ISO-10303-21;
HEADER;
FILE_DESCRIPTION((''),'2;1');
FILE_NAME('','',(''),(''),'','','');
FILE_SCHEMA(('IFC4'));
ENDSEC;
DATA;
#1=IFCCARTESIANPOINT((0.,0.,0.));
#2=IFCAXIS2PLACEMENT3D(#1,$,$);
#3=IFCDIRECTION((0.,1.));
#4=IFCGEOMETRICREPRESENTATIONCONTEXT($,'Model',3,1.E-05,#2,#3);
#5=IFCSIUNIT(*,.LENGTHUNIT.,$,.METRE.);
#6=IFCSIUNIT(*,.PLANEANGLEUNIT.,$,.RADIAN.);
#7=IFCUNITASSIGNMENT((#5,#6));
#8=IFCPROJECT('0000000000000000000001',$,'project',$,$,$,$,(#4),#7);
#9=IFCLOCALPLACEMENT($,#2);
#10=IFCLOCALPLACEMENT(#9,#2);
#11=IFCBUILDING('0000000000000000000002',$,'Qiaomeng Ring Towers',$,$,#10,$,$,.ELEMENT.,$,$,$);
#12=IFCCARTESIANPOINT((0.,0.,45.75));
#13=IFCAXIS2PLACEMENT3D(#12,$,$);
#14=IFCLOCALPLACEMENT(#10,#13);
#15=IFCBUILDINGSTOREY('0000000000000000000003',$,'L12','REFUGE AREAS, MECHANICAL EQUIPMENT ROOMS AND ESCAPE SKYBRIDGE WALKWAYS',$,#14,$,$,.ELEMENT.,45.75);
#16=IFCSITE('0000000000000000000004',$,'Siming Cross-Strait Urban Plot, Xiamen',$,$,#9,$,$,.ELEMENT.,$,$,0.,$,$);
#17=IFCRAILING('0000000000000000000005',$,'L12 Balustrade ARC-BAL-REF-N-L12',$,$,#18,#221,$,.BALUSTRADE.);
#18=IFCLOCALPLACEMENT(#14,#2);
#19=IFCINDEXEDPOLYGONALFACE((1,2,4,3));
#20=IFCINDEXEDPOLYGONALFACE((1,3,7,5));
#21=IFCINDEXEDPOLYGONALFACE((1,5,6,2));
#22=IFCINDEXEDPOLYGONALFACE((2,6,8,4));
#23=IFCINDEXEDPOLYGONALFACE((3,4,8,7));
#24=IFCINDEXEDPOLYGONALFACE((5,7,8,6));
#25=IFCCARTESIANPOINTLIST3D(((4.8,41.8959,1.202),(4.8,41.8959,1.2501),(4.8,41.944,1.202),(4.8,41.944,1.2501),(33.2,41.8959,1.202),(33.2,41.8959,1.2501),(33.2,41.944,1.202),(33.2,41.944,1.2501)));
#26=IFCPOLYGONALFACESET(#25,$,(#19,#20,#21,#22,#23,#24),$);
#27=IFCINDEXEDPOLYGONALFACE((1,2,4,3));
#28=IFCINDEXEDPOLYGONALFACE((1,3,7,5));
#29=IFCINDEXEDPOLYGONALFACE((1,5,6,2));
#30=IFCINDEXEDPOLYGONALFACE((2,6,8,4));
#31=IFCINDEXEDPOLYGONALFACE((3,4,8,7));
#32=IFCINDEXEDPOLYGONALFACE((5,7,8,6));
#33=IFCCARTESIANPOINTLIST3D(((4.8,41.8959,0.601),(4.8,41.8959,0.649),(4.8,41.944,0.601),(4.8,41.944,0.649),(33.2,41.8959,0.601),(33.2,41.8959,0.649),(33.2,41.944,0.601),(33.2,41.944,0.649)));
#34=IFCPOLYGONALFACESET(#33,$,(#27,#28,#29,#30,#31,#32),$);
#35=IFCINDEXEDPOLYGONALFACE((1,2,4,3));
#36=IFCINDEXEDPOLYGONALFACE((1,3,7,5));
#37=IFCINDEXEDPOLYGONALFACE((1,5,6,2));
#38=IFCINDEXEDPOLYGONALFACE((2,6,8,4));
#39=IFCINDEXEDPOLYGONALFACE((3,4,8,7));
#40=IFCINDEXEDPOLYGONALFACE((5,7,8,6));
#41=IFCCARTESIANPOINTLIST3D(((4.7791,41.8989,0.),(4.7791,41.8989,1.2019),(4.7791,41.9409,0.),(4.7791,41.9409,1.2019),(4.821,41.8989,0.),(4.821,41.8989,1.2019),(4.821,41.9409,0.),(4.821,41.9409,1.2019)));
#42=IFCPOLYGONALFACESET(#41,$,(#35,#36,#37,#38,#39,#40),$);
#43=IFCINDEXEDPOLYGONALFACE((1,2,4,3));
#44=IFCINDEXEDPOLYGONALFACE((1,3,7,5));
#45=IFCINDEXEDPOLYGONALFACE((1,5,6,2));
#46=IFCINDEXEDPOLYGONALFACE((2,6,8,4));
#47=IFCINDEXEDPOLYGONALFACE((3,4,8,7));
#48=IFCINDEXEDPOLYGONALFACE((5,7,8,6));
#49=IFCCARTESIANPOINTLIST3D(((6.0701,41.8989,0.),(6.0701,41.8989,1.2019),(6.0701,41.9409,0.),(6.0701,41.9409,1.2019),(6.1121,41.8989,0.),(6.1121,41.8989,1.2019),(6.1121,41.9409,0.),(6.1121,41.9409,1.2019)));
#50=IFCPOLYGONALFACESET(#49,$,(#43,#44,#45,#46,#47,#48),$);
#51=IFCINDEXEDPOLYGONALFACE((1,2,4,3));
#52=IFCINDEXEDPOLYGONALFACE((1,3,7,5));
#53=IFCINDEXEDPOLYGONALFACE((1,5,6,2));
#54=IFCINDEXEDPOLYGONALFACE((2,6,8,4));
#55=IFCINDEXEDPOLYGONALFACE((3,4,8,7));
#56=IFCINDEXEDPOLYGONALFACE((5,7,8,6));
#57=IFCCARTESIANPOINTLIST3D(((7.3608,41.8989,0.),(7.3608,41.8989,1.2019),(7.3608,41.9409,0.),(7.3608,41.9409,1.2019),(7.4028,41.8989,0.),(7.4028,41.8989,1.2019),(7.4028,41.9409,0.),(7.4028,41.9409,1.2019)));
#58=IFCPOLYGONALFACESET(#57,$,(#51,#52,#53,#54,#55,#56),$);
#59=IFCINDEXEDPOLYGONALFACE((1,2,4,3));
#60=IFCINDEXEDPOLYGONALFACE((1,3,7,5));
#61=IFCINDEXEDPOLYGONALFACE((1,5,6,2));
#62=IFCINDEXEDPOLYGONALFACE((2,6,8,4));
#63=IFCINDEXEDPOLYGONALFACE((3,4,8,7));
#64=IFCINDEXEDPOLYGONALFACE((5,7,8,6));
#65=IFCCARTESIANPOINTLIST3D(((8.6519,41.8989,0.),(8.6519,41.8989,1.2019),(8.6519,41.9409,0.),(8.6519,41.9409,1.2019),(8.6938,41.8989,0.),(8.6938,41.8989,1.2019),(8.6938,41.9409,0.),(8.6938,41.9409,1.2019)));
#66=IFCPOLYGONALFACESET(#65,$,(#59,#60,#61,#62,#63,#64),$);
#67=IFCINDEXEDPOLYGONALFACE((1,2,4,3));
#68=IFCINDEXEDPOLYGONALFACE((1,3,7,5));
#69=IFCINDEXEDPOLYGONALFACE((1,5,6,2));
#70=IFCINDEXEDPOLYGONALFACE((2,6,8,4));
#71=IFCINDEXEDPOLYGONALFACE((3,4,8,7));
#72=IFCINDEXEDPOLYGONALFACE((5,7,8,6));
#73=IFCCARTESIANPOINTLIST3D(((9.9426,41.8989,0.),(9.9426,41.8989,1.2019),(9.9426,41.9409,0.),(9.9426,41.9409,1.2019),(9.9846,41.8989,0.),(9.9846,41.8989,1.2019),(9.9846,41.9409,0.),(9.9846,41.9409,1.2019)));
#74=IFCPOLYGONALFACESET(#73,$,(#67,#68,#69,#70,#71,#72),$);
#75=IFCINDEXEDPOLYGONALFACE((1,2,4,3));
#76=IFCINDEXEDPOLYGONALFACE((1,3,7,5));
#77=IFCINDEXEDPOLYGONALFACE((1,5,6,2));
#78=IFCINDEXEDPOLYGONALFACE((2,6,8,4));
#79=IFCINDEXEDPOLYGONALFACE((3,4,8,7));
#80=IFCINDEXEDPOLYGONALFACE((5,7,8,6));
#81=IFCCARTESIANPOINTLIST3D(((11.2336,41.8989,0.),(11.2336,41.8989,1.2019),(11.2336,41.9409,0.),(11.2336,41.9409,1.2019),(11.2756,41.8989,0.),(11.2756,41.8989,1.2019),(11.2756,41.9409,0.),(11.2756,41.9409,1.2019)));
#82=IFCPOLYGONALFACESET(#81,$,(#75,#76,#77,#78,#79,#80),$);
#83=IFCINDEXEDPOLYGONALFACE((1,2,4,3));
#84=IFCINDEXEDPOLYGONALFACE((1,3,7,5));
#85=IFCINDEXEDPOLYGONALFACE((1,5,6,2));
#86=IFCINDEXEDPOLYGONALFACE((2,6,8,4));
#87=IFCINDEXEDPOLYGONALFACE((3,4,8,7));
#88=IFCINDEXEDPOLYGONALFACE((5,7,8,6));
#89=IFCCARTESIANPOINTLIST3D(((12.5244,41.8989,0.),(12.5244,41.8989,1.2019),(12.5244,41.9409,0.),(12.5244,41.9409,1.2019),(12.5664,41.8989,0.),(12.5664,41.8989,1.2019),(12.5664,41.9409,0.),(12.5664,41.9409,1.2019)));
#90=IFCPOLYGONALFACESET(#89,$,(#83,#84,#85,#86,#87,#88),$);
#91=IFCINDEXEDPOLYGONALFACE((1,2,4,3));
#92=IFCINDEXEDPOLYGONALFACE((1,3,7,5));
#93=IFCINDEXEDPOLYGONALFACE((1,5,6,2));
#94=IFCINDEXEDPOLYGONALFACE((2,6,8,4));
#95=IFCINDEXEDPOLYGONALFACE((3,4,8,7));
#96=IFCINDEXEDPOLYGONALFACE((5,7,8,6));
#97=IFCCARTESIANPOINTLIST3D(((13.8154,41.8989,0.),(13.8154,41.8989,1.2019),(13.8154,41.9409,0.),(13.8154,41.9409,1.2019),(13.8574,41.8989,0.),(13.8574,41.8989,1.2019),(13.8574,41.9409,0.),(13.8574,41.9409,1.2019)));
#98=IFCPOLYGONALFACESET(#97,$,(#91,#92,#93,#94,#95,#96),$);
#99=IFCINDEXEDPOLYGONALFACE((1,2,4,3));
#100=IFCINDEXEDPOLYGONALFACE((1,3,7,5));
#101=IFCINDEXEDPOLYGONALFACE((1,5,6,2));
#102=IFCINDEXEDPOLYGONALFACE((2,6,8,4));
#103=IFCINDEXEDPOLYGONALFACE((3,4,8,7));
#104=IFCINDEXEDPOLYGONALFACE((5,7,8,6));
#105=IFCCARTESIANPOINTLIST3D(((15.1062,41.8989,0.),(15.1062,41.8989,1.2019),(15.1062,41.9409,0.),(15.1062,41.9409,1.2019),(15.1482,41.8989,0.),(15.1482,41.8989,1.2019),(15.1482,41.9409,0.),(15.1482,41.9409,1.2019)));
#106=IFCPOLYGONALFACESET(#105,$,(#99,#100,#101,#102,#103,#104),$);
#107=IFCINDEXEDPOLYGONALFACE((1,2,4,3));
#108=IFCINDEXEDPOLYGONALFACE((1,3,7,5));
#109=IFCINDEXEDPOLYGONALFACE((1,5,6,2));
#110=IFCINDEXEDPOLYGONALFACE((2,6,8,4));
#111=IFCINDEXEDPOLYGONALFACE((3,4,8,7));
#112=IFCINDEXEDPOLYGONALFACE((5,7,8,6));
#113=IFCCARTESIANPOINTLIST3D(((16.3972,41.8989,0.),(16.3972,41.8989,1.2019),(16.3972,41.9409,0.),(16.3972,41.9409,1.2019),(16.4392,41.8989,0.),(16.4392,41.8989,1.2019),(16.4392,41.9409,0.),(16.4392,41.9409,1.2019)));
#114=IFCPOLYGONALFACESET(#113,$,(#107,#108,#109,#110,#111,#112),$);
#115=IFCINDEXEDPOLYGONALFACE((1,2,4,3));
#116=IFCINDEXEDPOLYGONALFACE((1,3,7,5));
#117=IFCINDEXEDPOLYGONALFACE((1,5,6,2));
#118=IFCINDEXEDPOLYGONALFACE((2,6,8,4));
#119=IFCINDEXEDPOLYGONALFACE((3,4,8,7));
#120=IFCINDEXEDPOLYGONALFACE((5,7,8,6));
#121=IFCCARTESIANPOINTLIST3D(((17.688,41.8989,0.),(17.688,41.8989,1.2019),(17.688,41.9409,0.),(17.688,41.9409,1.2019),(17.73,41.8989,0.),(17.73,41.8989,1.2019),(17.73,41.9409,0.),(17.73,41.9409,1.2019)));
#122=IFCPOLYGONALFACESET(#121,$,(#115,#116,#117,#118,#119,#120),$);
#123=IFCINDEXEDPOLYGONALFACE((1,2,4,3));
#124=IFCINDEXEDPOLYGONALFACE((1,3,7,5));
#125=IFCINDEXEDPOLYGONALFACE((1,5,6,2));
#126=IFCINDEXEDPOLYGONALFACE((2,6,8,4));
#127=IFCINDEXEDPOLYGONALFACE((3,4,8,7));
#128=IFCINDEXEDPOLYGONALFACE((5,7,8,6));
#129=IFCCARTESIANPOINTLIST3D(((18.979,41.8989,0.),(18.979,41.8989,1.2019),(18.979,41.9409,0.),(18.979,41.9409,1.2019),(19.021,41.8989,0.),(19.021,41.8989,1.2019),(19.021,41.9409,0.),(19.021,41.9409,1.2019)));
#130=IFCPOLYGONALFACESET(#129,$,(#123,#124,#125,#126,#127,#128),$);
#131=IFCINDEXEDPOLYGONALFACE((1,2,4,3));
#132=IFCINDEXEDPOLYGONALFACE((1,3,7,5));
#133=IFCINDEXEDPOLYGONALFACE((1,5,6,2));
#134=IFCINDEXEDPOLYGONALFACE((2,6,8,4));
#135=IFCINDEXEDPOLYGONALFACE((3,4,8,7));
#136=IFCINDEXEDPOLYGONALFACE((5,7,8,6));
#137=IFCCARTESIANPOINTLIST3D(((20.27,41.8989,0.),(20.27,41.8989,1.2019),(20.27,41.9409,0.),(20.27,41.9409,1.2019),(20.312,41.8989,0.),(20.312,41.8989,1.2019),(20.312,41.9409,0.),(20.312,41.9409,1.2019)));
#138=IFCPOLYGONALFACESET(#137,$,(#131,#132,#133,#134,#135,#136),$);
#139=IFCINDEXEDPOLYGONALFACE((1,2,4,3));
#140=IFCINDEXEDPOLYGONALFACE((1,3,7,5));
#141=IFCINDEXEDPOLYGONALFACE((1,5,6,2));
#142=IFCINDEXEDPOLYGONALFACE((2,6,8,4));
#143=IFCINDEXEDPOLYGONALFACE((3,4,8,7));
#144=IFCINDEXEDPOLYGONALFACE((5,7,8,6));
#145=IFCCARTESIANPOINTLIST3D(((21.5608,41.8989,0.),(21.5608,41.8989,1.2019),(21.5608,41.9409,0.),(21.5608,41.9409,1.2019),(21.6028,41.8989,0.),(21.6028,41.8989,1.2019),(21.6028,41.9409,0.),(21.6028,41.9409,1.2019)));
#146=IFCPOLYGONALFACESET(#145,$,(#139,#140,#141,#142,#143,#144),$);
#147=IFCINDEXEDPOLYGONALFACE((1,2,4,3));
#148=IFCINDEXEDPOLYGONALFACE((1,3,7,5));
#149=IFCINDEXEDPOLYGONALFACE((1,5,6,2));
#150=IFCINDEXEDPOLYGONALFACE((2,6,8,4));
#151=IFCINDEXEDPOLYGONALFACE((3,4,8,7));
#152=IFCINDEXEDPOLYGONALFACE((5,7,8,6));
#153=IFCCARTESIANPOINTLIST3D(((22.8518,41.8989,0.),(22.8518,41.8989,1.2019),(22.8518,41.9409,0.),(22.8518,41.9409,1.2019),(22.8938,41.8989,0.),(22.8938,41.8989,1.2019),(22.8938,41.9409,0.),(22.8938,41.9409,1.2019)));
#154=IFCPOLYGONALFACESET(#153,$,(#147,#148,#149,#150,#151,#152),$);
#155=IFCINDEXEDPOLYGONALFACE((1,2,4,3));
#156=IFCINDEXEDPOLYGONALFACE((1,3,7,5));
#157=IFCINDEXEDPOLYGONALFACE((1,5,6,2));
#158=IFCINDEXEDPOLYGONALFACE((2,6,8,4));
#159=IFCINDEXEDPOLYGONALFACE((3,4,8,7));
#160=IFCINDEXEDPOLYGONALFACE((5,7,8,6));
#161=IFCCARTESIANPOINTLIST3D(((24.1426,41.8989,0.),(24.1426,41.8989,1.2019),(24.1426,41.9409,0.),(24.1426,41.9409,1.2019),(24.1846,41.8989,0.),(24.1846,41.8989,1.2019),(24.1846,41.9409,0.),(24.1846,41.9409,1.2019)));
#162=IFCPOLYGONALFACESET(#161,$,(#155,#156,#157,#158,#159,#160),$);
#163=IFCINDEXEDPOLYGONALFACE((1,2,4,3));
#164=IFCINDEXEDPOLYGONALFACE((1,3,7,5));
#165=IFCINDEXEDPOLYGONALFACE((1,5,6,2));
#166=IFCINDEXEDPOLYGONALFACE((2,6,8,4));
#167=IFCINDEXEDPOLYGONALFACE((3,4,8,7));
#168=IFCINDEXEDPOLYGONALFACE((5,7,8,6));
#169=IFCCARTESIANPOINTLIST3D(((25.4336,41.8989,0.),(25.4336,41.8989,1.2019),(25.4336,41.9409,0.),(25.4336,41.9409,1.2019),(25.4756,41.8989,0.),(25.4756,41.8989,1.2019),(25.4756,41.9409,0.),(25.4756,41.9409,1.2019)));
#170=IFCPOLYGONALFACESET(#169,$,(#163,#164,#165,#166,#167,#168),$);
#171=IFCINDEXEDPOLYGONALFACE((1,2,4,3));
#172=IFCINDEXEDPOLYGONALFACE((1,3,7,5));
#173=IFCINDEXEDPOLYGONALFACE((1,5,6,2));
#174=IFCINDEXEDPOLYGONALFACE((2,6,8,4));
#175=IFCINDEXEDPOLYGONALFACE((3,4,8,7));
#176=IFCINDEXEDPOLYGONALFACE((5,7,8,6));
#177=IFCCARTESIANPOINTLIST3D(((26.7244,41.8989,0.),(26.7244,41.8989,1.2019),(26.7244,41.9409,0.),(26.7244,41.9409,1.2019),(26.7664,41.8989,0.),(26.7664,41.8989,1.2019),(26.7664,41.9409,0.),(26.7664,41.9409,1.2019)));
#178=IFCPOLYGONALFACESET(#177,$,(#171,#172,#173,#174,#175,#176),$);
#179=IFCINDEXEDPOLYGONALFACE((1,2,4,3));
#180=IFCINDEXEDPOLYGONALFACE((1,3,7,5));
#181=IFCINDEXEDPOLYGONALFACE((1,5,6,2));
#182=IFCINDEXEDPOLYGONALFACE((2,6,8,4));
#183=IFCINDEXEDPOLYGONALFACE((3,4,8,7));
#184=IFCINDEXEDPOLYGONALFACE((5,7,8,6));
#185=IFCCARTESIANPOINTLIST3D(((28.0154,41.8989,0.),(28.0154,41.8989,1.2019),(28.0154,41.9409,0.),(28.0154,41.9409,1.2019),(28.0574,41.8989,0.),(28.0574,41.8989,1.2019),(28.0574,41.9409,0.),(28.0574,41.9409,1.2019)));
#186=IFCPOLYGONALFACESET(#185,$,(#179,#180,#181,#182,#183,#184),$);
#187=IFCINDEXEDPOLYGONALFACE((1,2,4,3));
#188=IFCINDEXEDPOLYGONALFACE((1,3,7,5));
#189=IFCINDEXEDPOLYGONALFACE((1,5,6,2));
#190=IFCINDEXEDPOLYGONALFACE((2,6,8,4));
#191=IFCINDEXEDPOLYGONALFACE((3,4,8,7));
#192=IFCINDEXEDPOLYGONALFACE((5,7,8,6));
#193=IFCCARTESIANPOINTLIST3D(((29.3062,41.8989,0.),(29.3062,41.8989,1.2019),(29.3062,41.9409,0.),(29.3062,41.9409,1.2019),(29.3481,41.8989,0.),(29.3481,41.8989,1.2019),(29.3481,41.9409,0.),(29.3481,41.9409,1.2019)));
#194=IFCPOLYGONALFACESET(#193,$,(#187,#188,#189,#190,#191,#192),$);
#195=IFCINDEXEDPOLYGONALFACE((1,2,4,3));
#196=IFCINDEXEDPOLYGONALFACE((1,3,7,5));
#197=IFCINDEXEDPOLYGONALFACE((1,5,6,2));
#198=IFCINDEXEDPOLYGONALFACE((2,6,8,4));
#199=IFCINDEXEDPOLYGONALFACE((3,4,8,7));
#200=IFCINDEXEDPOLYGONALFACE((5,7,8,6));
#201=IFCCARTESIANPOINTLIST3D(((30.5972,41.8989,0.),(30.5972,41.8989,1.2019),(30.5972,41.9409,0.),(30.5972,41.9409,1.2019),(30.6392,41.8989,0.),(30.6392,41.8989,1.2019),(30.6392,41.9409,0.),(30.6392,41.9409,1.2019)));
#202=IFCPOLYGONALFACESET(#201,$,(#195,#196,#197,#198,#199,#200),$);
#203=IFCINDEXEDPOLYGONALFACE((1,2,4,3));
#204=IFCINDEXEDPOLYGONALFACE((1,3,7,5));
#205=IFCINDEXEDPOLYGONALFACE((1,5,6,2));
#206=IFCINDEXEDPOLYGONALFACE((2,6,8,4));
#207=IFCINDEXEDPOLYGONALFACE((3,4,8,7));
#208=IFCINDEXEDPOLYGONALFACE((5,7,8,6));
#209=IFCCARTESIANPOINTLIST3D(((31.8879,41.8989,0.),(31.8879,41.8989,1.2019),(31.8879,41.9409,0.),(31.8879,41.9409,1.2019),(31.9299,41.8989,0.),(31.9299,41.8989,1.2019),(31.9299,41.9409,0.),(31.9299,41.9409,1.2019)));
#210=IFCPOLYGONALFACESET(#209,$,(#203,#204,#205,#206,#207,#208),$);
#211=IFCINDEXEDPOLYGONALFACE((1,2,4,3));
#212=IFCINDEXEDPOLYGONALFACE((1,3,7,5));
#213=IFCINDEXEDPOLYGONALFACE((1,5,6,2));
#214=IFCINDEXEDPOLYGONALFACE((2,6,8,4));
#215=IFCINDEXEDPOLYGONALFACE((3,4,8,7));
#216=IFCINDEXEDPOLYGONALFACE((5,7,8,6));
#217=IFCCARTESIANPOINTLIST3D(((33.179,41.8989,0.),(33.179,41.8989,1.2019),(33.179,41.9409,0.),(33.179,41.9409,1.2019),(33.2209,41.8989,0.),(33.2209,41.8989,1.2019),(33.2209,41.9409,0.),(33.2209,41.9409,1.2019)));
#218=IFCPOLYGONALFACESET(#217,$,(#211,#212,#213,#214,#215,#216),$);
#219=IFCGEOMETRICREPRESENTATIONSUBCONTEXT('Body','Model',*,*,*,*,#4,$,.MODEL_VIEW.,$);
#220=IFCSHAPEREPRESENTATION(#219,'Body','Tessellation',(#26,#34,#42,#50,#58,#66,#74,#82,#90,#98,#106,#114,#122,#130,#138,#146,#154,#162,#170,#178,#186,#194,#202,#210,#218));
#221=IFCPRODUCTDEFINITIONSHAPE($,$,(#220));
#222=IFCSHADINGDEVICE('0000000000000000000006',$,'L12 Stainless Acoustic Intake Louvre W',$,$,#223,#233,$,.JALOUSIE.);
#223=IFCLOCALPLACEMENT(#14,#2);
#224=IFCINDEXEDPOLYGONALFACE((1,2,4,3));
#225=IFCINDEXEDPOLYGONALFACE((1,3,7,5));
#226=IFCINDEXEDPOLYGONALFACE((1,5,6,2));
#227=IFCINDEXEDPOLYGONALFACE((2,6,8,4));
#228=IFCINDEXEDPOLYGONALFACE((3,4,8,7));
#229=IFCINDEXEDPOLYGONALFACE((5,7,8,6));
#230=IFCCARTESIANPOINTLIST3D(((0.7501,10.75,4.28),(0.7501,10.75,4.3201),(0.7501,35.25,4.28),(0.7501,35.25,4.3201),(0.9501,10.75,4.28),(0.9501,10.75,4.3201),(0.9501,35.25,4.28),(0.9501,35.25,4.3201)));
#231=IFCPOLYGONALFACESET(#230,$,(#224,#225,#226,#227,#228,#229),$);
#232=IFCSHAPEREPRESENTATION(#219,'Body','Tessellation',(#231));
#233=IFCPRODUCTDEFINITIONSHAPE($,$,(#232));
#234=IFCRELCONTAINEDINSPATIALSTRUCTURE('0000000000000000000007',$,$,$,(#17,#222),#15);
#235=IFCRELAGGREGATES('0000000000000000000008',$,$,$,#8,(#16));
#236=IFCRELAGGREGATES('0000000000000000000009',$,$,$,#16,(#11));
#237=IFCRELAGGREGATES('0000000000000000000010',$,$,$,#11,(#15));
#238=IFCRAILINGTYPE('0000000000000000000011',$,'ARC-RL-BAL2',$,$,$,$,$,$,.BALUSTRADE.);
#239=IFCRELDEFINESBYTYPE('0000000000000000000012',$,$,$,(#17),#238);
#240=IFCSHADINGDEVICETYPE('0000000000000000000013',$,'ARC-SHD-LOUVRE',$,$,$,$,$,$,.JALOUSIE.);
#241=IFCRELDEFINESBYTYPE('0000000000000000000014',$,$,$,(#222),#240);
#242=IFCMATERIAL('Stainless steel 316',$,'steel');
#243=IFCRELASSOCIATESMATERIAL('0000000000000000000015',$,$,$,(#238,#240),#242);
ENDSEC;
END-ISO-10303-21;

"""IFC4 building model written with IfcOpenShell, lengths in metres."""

from ifc_helpers import new_model, si_unit, direction, frame, origin, origin_2d, place, context, subcontext, project, spatial, rectangle, extrude, source, transform, mapped, material, material_profile, profile_set, type_object, element, save


model = new_model("IFC4")

# Units and contexts
model_context = context("Model", 3, precision=1e-05, world=origin(), true_north=direction((0.0, 1.0)))
body_context = subcontext(model_context, "Body", "Model", "MODEL_VIEW")
ifc_project = project(units=[si_unit("LENGTHUNIT", "METRE"), si_unit("PLANEANGLEUNIT", "RADIAN")], contexts=[model_context])

# Site, building, storey
site_placement = place(None, origin())
site = spatial("IfcSite", under=ifc_project, at=site_placement, Name="Siming Cross-Strait Urban Plot, Xiamen", CompositionType="ELEMENT", RefElevation=0.0)
building_placement = place(site_placement, origin())
building = spatial("IfcBuilding", under=site, at=building_placement, Name="Qiaomeng Ring Towers", CompositionType="ELEMENT")
storey_placement = place(building_placement, frame((0.0, 0.0, 45.75)))
storey = spatial("IfcBuildingStorey", under=building, at=storey_placement, Name="L12", Description="REFUGE AREAS, MECHANICAL EQUIPMENT ROOMS AND ESCAPE SKYBRIDGE WALKWAYS", CompositionType="ELEMENT", Elevation=45.75)

# Shared definitions
ifc_material_1 = material(Name="Stainless steel 316", Category="steel")

# Railing
railing_type = type_object("IfcRailingType", Name="ARC-RL-BAL2", PredefinedType="BALUSTRADE", material=ifc_material_1)
railing_1_placement = place(storey_placement, frame((4.8, 41.9199, 0.0)))
element("IfcRailing", 1, at=railing_1_placement, inside=storey, type_object=railing_type, Name="L12 Balustrade ARC-BAL-REF-N-L12", PredefinedType="BALUSTRADE", context=body_context, shape_type="SweptSolid", body=[
    extrude(rectangle(XDim=0.0481, YDim=0.0481, at=origin_2d()), frame((0.0, 0.0, 1.2261), z_axis=(1.0, 0.0, 0.0), x_axis=(0.0, 1.0, 0.0)), (0.0, 0.0, 1.0), 28.3999),
    extrude(rectangle(XDim=0.0481, YDim=0.0481, at=origin_2d()), frame((0.0, 0.0, 0.625), z_axis=(1.0, 0.0, 0.0), x_axis=(0.0, 1.0, 0.0)), (0.0, 0.0, 1.0), 28.3999),
    extrude(rectangle(XDim=0.042, YDim=0.042, at=origin_2d()), origin(), (0.0, 0.0, 1.0), 1.2019),
    extrude(rectangle(XDim=0.042, YDim=0.042, at=origin_2d()), frame((1.291, 0.0, 0.0)), (0.0, 0.0, 1.0), 1.2019),
    extrude(rectangle(XDim=0.042, YDim=0.042, at=origin_2d()), frame((2.5818, 0.0, 0.0)), (0.0, 0.0, 1.0), 1.2019),
    extrude(rectangle(XDim=0.042, YDim=0.042, at=origin_2d()), frame((3.8728, 0.0, 0.0)), (0.0, 0.0, 1.0), 1.2019),
    extrude(rectangle(XDim=0.042, YDim=0.042, at=origin_2d()), frame((5.1636, 0.0, 0.0)), (0.0, 0.0, 1.0), 1.2019),
    extrude(rectangle(XDim=0.042, YDim=0.042, at=origin_2d()), frame((6.4546, 0.0, 0.0)), (0.0, 0.0, 1.0), 1.2019),
    extrude(rectangle(XDim=0.042, YDim=0.042, at=origin_2d()), frame((7.7454, 0.0, 0.0)), (0.0, 0.0, 1.0), 1.2019),
    extrude(rectangle(XDim=0.042, YDim=0.042, at=origin_2d()), frame((9.0364, 0.0, 0.0)), (0.0, 0.0, 1.0), 1.2019),
    extrude(rectangle(XDim=0.042, YDim=0.042, at=origin_2d()), frame((10.3271, 0.0, 0.0)), (0.0, 0.0, 1.0), 1.2019),
    extrude(rectangle(XDim=0.042, YDim=0.042, at=origin_2d()), frame((11.6182, 0.0, 0.0)), (0.0, 0.0, 1.0), 1.2019),
    extrude(rectangle(XDim=0.042, YDim=0.042, at=origin_2d()), frame((12.9089, 0.0, 0.0)), (0.0, 0.0, 1.0), 1.2019),
    extrude(rectangle(XDim=0.042, YDim=0.042, at=origin_2d()), frame((14.2, 0.0, 0.0)), (0.0, 0.0, 1.0), 1.2019),
    extrude(rectangle(XDim=0.042, YDim=0.042, at=origin_2d()), frame((15.491, 0.0, 0.0)), (0.0, 0.0, 1.0), 1.2019),
    extrude(rectangle(XDim=0.042, YDim=0.042, at=origin_2d()), frame((16.7817, 0.0, 0.0)), (0.0, 0.0, 1.0), 1.2019),
    extrude(rectangle(XDim=0.042, YDim=0.042, at=origin_2d()), frame((18.0728, 0.0, 0.0)), (0.0, 0.0, 1.0), 1.2019),
    extrude(rectangle(XDim=0.042, YDim=0.042, at=origin_2d()), frame((19.3635, 0.0, 0.0)), (0.0, 0.0, 1.0), 1.2019),
    extrude(rectangle(XDim=0.042, YDim=0.042, at=origin_2d()), frame((20.6545, 0.0, 0.0)), (0.0, 0.0, 1.0), 1.2019),
    extrude(rectangle(XDim=0.042, YDim=0.042, at=origin_2d()), frame((21.9453, 0.0, 0.0)), (0.0, 0.0, 1.0), 1.2019),
    extrude(rectangle(XDim=0.042, YDim=0.042, at=origin_2d()), frame((23.2363, 0.0, 0.0)), (0.0, 0.0, 1.0), 1.2019),
    extrude(rectangle(XDim=0.042, YDim=0.042, at=origin_2d()), frame((24.5271, 0.0, 0.0)), (0.0, 0.0, 1.0), 1.2019),
    extrude(rectangle(XDim=0.042, YDim=0.042, at=origin_2d()), frame((25.8181, 0.0, 0.0)), (0.0, 0.0, 1.0), 1.2019),
    extrude(rectangle(XDim=0.042, YDim=0.042, at=origin_2d()), frame((27.1089, 0.0, 0.0)), (0.0, 0.0, 1.0), 1.2019),
    extrude(rectangle(XDim=0.042, YDim=0.042, at=origin_2d()), frame((28.3999, 0.0, 0.0)), (0.0, 0.0, 1.0), 1.2019),
])

# Shading device
ifc_material_profile_1 = material_profile(ifc_material_1, rectangle(XDim=0.2, YDim=0.04, at=origin_2d()), Name="LV BLADE 200x40")
ifc_profile_set_1 = profile_set([ifc_material_profile_1], Name="Stainless steel 316")
shading_device_type = type_object("IfcShadingDeviceType", Name="ARC-SHD-LOUVRE", PredefinedType="JALOUSIE", material=ifc_profile_set_1)
shared_shape_1 = source(origin(), body_context, "Body", "SweptSolid", [
    extrude(rectangle(XDim=0.2, YDim=0.04, at=origin_2d()), origin(), (0.0, 0.0, 1.0), 24.5),
])
shading_device_placement = place(storey_placement, frame((0.8501, 35.25, 4.3), z_axis=(0.0, -1.0, 0.0), x_axis=(1.0, 0.0, 0.0)))
element("IfcShadingDevice", 2, at=shading_device_placement, inside=storey, type_object=shading_device_type, Name="L12 Stainless Acoustic Intake Louvre W", PredefinedType="JALOUSIE", context=body_context, shape_type="MappedRepresentation", body=[
    mapped(shared_shape_1, transform((0.0, 0.0, 0.0), x_axis=(1.0, 0.0, 0.0), y_axis=(0.0, 1.0, 0.0), z_axis=(0.0, 0.0, 1.0), scale=1.0)),
])

save(model, "model.ifc")
